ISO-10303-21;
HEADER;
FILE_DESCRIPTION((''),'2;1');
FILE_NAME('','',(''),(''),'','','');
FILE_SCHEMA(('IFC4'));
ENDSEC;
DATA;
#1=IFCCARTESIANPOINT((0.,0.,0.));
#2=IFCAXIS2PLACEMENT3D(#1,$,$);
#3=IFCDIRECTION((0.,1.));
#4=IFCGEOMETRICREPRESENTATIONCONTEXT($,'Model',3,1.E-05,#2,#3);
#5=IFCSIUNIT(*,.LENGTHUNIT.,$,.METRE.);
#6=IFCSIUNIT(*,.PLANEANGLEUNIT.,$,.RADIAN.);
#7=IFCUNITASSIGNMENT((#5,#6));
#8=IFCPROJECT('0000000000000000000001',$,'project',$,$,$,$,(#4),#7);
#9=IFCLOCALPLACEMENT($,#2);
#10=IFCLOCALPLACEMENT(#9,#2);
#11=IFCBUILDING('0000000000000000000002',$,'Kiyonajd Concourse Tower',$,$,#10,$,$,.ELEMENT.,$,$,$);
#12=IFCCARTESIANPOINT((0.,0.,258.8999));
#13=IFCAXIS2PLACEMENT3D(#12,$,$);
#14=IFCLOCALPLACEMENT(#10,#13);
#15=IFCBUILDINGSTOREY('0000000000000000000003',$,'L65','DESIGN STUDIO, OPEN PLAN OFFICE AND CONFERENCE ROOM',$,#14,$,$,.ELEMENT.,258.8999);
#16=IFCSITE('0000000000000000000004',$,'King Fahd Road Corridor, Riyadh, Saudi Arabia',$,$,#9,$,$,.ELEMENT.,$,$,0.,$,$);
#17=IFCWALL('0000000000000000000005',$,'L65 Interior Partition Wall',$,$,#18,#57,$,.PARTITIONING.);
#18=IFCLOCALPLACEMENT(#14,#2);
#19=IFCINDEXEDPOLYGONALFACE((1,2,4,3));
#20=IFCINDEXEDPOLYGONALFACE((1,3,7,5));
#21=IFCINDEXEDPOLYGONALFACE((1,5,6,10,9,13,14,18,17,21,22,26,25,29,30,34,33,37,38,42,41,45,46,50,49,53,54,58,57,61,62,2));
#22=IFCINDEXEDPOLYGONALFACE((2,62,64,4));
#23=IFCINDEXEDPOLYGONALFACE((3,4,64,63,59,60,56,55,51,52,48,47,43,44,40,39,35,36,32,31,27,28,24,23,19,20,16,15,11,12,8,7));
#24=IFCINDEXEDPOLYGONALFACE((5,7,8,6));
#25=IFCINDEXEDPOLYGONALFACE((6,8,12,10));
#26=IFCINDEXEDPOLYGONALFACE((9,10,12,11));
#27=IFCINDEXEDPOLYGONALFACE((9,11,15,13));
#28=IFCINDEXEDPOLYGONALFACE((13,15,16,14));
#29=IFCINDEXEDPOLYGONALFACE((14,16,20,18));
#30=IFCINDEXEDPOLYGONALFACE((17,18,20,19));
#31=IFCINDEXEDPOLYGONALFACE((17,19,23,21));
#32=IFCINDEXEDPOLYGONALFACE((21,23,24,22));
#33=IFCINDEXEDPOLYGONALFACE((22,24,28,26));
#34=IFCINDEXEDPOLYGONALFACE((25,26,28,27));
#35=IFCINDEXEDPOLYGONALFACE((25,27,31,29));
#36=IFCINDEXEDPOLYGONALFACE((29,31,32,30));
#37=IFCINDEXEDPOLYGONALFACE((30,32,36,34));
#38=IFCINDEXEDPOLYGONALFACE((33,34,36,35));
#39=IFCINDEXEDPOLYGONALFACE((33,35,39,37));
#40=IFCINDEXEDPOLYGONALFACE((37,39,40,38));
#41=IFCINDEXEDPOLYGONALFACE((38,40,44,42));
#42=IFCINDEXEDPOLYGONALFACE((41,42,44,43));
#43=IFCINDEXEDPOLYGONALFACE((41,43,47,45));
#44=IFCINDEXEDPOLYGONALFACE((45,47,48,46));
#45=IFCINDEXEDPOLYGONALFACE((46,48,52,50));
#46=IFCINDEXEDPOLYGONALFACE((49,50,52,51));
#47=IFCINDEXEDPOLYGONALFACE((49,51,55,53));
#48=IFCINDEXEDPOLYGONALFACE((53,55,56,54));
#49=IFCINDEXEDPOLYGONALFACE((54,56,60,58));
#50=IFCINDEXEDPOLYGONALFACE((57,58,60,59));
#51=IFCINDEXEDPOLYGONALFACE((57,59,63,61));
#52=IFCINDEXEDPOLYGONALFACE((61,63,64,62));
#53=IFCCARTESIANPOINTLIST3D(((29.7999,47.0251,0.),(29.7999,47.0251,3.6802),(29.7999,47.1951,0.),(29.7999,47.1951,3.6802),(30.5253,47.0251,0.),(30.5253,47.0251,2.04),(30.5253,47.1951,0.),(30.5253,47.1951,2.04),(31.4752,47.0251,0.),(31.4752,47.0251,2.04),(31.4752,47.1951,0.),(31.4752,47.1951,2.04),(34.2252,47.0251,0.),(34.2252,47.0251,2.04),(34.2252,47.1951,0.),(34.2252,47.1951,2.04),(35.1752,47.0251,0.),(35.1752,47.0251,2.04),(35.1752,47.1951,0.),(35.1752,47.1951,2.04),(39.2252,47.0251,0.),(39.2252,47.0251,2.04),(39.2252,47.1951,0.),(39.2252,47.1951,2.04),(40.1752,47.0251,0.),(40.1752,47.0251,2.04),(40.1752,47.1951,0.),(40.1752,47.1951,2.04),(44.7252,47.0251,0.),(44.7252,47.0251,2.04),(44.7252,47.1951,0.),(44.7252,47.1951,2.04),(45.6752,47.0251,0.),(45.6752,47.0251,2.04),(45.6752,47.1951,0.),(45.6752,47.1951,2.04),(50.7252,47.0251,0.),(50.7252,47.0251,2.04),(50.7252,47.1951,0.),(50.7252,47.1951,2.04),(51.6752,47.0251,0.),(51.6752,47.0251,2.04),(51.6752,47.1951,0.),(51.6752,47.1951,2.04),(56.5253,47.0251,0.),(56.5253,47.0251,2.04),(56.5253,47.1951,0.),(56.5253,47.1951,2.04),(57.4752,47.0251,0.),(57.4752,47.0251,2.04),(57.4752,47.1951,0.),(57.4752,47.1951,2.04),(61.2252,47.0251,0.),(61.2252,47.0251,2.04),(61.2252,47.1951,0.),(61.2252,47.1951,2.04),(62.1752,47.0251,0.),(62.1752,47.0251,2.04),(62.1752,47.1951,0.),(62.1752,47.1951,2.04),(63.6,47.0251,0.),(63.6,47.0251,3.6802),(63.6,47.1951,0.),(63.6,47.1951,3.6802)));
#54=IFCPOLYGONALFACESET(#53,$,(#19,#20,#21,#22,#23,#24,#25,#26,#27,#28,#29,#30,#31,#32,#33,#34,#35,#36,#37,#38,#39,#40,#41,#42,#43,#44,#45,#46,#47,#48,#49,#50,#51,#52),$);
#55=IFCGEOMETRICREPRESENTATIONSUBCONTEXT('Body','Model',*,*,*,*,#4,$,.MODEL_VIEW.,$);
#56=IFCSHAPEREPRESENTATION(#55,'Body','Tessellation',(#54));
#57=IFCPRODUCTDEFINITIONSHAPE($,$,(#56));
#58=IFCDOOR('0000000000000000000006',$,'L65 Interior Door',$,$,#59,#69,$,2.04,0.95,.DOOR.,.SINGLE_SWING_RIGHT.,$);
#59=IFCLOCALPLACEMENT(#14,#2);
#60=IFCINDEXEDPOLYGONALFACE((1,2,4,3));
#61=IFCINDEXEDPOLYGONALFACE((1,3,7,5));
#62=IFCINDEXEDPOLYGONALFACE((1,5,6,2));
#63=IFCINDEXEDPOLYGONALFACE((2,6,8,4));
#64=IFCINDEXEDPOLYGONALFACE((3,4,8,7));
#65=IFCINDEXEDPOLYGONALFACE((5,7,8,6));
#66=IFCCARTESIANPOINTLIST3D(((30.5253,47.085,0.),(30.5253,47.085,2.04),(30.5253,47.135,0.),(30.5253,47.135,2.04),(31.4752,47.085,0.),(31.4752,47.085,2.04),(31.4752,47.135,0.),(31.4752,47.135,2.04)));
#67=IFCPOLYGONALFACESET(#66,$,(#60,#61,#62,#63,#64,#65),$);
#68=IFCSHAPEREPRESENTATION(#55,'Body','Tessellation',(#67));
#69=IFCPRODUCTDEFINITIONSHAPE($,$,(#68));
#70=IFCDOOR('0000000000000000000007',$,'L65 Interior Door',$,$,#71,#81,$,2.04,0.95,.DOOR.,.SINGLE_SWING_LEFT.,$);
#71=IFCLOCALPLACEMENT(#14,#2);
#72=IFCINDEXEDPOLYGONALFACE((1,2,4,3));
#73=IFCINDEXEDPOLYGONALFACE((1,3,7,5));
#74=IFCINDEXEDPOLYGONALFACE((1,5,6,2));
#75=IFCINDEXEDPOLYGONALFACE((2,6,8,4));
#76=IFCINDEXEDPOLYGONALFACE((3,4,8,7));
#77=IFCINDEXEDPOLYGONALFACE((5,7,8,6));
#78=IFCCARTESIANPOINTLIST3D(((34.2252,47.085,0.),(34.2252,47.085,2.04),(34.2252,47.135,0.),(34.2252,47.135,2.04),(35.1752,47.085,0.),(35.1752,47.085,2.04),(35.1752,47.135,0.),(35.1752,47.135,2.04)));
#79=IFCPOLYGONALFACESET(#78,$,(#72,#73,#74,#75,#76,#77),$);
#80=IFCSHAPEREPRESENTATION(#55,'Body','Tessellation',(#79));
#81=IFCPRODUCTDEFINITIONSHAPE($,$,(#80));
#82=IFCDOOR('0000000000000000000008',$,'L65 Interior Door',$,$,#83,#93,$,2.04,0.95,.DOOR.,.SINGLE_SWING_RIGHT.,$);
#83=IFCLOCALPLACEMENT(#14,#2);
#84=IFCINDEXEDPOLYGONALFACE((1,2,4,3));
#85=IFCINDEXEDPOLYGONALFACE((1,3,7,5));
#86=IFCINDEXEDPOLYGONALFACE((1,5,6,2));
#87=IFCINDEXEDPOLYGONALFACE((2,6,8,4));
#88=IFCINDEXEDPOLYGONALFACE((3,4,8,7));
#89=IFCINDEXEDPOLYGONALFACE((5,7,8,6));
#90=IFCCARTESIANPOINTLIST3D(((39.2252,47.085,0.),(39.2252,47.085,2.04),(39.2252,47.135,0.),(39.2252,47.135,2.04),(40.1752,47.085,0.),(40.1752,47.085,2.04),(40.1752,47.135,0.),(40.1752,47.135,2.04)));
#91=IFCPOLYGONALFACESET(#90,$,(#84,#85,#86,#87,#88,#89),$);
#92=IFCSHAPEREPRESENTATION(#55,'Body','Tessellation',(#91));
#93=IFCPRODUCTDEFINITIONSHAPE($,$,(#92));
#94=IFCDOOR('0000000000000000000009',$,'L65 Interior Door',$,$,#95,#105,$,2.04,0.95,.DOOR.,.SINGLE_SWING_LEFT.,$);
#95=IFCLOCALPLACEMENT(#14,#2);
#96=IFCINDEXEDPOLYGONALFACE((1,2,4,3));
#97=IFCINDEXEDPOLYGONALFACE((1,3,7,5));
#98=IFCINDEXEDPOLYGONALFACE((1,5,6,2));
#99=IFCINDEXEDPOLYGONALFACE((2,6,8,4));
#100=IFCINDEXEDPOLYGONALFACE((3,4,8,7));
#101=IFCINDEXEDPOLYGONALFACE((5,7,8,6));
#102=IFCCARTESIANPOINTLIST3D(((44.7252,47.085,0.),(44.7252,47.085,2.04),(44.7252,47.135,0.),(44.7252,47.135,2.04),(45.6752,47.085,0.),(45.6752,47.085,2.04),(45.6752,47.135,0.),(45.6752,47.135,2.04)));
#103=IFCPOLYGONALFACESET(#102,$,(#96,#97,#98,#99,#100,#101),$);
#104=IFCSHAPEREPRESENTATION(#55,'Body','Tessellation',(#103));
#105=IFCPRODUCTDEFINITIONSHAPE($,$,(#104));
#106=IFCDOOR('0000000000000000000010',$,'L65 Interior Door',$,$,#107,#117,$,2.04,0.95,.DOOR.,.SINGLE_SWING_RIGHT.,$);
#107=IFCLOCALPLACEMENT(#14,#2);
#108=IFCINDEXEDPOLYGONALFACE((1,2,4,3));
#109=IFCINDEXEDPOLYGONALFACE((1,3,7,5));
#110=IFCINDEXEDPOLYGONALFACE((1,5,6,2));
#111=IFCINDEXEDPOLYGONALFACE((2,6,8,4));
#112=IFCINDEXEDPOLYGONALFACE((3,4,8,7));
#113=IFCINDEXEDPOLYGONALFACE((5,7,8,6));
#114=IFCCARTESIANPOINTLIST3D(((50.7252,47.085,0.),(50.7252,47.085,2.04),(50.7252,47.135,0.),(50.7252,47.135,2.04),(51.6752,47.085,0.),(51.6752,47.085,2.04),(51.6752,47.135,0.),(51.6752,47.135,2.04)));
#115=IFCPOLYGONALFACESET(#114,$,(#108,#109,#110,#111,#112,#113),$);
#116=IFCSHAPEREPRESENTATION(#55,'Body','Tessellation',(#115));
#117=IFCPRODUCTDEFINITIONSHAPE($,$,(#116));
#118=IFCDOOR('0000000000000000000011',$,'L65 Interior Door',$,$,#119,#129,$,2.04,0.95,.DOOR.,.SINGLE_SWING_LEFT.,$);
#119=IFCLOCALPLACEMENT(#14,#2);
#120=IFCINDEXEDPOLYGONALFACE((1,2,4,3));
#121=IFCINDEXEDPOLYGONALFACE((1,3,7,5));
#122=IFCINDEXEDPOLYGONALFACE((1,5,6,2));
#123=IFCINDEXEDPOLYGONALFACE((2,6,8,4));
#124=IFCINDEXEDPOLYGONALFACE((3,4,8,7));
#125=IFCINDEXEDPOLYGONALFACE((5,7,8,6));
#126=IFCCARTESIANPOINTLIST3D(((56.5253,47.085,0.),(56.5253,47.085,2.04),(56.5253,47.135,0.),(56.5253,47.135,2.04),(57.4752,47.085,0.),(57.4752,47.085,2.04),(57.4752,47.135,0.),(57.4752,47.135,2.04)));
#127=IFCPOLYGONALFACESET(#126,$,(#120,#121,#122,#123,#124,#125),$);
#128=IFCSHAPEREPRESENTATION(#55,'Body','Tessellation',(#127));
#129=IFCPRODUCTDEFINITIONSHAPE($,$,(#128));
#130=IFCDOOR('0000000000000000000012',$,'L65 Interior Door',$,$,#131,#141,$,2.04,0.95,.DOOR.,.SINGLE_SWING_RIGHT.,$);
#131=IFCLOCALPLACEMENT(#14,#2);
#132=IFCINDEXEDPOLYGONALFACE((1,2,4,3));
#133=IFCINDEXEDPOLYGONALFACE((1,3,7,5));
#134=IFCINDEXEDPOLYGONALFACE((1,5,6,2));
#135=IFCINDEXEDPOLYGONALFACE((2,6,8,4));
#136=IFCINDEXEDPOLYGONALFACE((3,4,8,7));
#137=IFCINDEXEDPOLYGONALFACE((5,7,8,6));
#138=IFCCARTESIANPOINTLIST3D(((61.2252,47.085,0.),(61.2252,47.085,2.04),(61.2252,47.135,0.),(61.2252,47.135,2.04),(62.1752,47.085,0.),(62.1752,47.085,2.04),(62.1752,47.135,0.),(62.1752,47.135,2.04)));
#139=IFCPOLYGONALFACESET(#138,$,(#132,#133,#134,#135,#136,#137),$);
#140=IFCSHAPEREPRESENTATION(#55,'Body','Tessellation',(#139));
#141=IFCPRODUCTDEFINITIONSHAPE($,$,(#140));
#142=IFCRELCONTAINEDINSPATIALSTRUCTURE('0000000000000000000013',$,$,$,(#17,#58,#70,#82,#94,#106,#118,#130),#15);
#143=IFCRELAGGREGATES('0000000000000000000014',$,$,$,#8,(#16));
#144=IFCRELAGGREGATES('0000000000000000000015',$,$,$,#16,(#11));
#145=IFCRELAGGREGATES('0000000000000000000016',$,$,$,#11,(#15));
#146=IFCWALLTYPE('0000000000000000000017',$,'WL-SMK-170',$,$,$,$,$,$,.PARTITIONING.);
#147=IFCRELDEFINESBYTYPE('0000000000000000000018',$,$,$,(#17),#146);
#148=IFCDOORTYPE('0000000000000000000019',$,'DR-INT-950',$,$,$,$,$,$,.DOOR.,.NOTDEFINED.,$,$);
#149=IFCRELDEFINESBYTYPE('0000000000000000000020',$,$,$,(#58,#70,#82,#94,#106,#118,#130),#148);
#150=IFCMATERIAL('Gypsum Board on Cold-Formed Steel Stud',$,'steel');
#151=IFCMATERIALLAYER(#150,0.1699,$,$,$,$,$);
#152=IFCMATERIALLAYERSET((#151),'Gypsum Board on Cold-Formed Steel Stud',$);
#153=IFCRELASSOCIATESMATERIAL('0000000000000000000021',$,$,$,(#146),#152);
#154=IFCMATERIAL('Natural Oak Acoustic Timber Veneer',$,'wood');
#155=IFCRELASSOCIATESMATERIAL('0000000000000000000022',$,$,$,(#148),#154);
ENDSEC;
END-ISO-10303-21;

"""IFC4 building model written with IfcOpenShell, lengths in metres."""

from ifc_helpers import new_model, si_unit, direction, frame, frame_2d, origin, place, context, subcontext, project, spatial, rectangle, extrude, material, layer, layer_set, type_object, element, fill, save


model = new_model("IFC4")

# Units and contexts
model_context = context("Model", 3, precision=1e-05, world=origin(), true_north=direction((0.0, 1.0)))
body_context = subcontext(model_context, "Body", "Model", "MODEL_VIEW")
ifc_project = project(units=[si_unit("LENGTHUNIT", "METRE"), si_unit("PLANEANGLEUNIT", "RADIAN")], contexts=[model_context])

# Site, building, storey
site_placement = place(None, origin())
site = spatial("IfcSite", under=ifc_project, at=site_placement, Name="King Fahd Road Corridor, Riyadh, Saudi Arabia", CompositionType="ELEMENT", RefElevation=0.0)
building_placement = place(site_placement, origin())
building = spatial("IfcBuilding", under=site, at=building_placement, Name="Kiyonajd Concourse Tower", CompositionType="ELEMENT")
storey_placement = place(building_placement, frame((0.0, 0.0, 258.8999)))
storey = spatial("IfcBuildingStorey", under=building, at=storey_placement, Name="L65", Description="DESIGN STUDIO, OPEN PLAN OFFICE AND CONFERENCE ROOM", CompositionType="ELEMENT", Elevation=258.8999)

# Shared definitions
ifc_material_1 = material(Name="Gypsum Board on Cold-Formed Steel Stud", Category="steel")

# Wall, openings, doors
ifc_layer_1 = layer(ifc_material_1, 0.1699)
ifc_layer_set_1 = layer_set([ifc_layer_1], Name="Gypsum Board on Cold-Formed Steel Stud")
wall_type_1 = type_object("IfcWallType", Name="WL-SMK-170", PredefinedType="PARTITIONING", material=ifc_layer_set_1)
wall_1_placement = place(storey_placement, frame((29.8, 47.1101, 0.0), z_axis=(0.0, 0.0, 1.0), x_axis=(1.0, 0.0, 0.0)))
wall_1 = element("IfcWall", 1, at=wall_1_placement, inside=storey, type_object=wall_type_1, Name="L65 Interior Partition Wall", PredefinedType="PARTITIONING", context=body_context, shape_type="SweptSolid", body=[
    extrude(rectangle(XDim=33.8, YDim=0.1699, at=frame_2d((16.8999, 0.0))), origin(), (0.0, 0.0, 1.0), 3.6802),
])
opening_1_placement = place(wall_1_placement, frame((0.7251, 0.0, 0.0)))
opening_1 = element("IfcOpeningElement", 2, at=opening_1_placement, cuts=wall_1, PredefinedType="OPENING", context=body_context, shape_type="SweptSolid", body=[
    extrude(rectangle(XDim=0.95, YDim=2.04, at=frame_2d((0.4751, 1.02))), frame((0.0, 0.095, 0.0), z_axis=(0.0, -1.0, 0.0), x_axis=(1.0, 0.0, 0.0)), (0.0, 0.0, 1.0), 0.1899),
])
opening_2_placement = place(wall_1_placement, frame((4.425, 0.0, 0.0)))
opening_2 = element("IfcOpeningElement", 3, at=opening_2_placement, cuts=wall_1, PredefinedType="OPENING", context=body_context, shape_type="SweptSolid", body=[
    extrude(rectangle(XDim=0.95, YDim=2.04, at=frame_2d((0.4751, 1.02))), frame((0.0, 0.095, 0.0), z_axis=(0.0, -1.0, 0.0), x_axis=(1.0, 0.0, 0.0)), (0.0, 0.0, 1.0), 0.1899),
])
opening_3_placement = place(wall_1_placement, frame((9.425, 0.0, 0.0)))
opening_3 = element("IfcOpeningElement", 4, at=opening_3_placement, cuts=wall_1, PredefinedType="OPENING", context=body_context, shape_type="SweptSolid", body=[
    extrude(rectangle(XDim=0.95, YDim=2.04, at=frame_2d((0.4751, 1.02))), frame((0.0, 0.095, 0.0), z_axis=(0.0, -1.0, 0.0), x_axis=(1.0, 0.0, 0.0)), (0.0, 0.0, 1.0), 0.1899),
])
opening_4_placement = place(wall_1_placement, frame((14.925, 0.0, 0.0)))
opening_4 = element("IfcOpeningElement", 5, at=opening_4_placement, cuts=wall_1, PredefinedType="OPENING", context=body_context, shape_type="SweptSolid", body=[
    extrude(rectangle(XDim=0.95, YDim=2.04, at=frame_2d((0.4751, 1.02))), frame((0.0, 0.095, 0.0), z_axis=(0.0, -1.0, 0.0), x_axis=(1.0, 0.0, 0.0)), (0.0, 0.0, 1.0), 0.1899),
])
opening_5_placement = place(wall_1_placement, frame((20.925, 0.0, 0.0)))
opening_5 = element("IfcOpeningElement", 6, at=opening_5_placement, cuts=wall_1, PredefinedType="OPENING", context=body_context, shape_type="SweptSolid", body=[
    extrude(rectangle(XDim=0.95, YDim=2.04, at=frame_2d((0.4751, 1.02))), frame((0.0, 0.095, 0.0), z_axis=(0.0, -1.0, 0.0), x_axis=(1.0, 0.0, 0.0)), (0.0, 0.0, 1.0), 0.1899),
])
opening_6_placement = place(wall_1_placement, frame((26.7251, 0.0, 0.0)))
opening_6 = element("IfcOpeningElement", 7, at=opening_6_placement, cuts=wall_1, PredefinedType="OPENING", context=body_context, shape_type="SweptSolid", body=[
    extrude(rectangle(XDim=0.95, YDim=2.04, at=frame_2d((0.4751, 1.02))), frame((0.0, 0.095, 0.0), z_axis=(0.0, -1.0, 0.0), x_axis=(1.0, 0.0, 0.0)), (0.0, 0.0, 1.0), 0.1899),
])
opening_7_placement = place(wall_1_placement, frame((31.425, 0.0, 0.0)))
opening_7 = element("IfcOpeningElement", 8, at=opening_7_placement, cuts=wall_1, PredefinedType="OPENING", context=body_context, shape_type="SweptSolid", body=[
    extrude(rectangle(XDim=0.95, YDim=2.04, at=frame_2d((0.4751, 1.02))), frame((0.0, 0.095, 0.0), z_axis=(0.0, -1.0, 0.0), x_axis=(1.0, 0.0, 0.0)), (0.0, 0.0, 1.0), 0.1899),
])
ifc_material_2 = material(Name="Natural Oak Acoustic Timber Veneer", Category="wood")
door_type = type_object("IfcDoorType", Name="DR-INT-950", OperationType="NOTDEFINED", PredefinedType="DOOR", material=ifc_material_2)
door_1_placement = place(opening_1_placement, origin())
door_1 = element("IfcDoor", 9, at=door_1_placement, inside=storey, type_object=door_type, Name="L65 Interior Door", OperationType="SINGLE_SWING_RIGHT", OverallHeight=2.04, OverallWidth=0.95, PredefinedType="DOOR", context=body_context, shape_type="SweptSolid", body=[
    extrude(rectangle(XDim=0.95, YDim=2.04, at=frame_2d((0.4751, 1.02))), frame((0.0, 0.0249, 0.0), z_axis=(0.0, -1.0, 0.0), x_axis=(1.0, 0.0, 0.0)), (0.0, 0.0, 1.0), 0.05),
])
fill(opening_1, door_1)
door_2_placement = place(opening_2_placement, origin())
door_2 = element("IfcDoor", 10, at=door_2_placement, inside=storey, type_object=door_type, Name="L65 Interior Door", OperationType="SINGLE_SWING_LEFT", OverallHeight=2.04, OverallWidth=0.95, PredefinedType="DOOR", context=body_context, shape_type="SweptSolid", body=[
    extrude(rectangle(XDim=0.95, YDim=2.04, at=frame_2d((0.4751, 1.02))), frame((0.0, 0.0249, 0.0), z_axis=(0.0, -1.0, 0.0), x_axis=(1.0, 0.0, 0.0)), (0.0, 0.0, 1.0), 0.05),
])
fill(opening_2, door_2)
door_3_placement = place(opening_3_placement, origin())
door_3 = element("IfcDoor", 11, at=door_3_placement, inside=storey, type_object=door_type, Name="L65 Interior Door", OperationType="SINGLE_SWING_RIGHT", OverallHeight=2.04, OverallWidth=0.95, PredefinedType="DOOR", context=body_context, shape_type="SweptSolid", body=[
    extrude(rectangle(XDim=0.95, YDim=2.04, at=frame_2d((0.4751, 1.02))), frame((0.0, 0.0249, 0.0), z_axis=(0.0, -1.0, 0.0), x_axis=(1.0, 0.0, 0.0)), (0.0, 0.0, 1.0), 0.05),
])
fill(opening_3, door_3)
door_4_placement = place(opening_4_placement, origin())
door_4 = element("IfcDoor", 12, at=door_4_placement, inside=storey, type_object=door_type, Name="L65 Interior Door", OperationType="SINGLE_SWING_LEFT", OverallHeight=2.04, OverallWidth=0.95, PredefinedType="DOOR", context=body_context, shape_type="SweptSolid", body=[
    extrude(rectangle(XDim=0.95, YDim=2.04, at=frame_2d((0.4751, 1.02))), frame((0.0, 0.0249, 0.0), z_axis=(0.0, -1.0, 0.0), x_axis=(1.0, 0.0, 0.0)), (0.0, 0.0, 1.0), 0.05),
])
fill(opening_4, door_4)
door_5_placement = place(opening_5_placement, origin())
door_5 = element("IfcDoor", 13, at=door_5_placement, inside=storey, type_object=door_type, Name="L65 Interior Door", OperationType="SINGLE_SWING_RIGHT", OverallHeight=2.04, OverallWidth=0.95, PredefinedType="DOOR", context=body_context, shape_type="SweptSolid", body=[
    extrude(rectangle(XDim=0.95, YDim=2.04, at=frame_2d((0.4751, 1.02))), frame((0.0, 0.0249, 0.0), z_axis=(0.0, -1.0, 0.0), x_axis=(1.0, 0.0, 0.0)), (0.0, 0.0, 1.0), 0.05),
])
fill(opening_5, door_5)
door_6_placement = place(opening_6_placement, origin())
door_6 = element("IfcDoor", 14, at=door_6_placement, inside=storey, type_object=door_type, Name="L65 Interior Door", OperationType="SINGLE_SWING_LEFT", OverallHeight=2.04, OverallWidth=0.95, PredefinedType="DOOR", context=body_context, shape_type="SweptSolid", body=[
    extrude(rectangle(XDim=0.95, YDim=2.04, at=frame_2d((0.4751, 1.02))), frame((0.0, 0.0249, 0.0), z_axis=(0.0, -1.0, 0.0), x_axis=(1.0, 0.0, 0.0)), (0.0, 0.0, 1.0), 0.05),
])
fill(opening_6, door_6)
door_7_placement = place(opening_7_placement, origin())
door_7 = element("IfcDoor", 15, at=door_7_placement, inside=storey, type_object=door_type, Name="L65 Interior Door", OperationType="SINGLE_SWING_RIGHT", OverallHeight=2.04, OverallWidth=0.95, PredefinedType="DOOR", context=body_context, shape_type="SweptSolid", body=[
    extrude(rectangle(XDim=0.95, YDim=2.04, at=frame_2d((0.4751, 1.02))), frame((0.0, 0.0249, 0.0), z_axis=(0.0, -1.0, 0.0), x_axis=(1.0, 0.0, 0.0)), (0.0, 0.0, 1.0), 0.05),
])
fill(opening_7, door_7)

save(model, "model.ifc")
